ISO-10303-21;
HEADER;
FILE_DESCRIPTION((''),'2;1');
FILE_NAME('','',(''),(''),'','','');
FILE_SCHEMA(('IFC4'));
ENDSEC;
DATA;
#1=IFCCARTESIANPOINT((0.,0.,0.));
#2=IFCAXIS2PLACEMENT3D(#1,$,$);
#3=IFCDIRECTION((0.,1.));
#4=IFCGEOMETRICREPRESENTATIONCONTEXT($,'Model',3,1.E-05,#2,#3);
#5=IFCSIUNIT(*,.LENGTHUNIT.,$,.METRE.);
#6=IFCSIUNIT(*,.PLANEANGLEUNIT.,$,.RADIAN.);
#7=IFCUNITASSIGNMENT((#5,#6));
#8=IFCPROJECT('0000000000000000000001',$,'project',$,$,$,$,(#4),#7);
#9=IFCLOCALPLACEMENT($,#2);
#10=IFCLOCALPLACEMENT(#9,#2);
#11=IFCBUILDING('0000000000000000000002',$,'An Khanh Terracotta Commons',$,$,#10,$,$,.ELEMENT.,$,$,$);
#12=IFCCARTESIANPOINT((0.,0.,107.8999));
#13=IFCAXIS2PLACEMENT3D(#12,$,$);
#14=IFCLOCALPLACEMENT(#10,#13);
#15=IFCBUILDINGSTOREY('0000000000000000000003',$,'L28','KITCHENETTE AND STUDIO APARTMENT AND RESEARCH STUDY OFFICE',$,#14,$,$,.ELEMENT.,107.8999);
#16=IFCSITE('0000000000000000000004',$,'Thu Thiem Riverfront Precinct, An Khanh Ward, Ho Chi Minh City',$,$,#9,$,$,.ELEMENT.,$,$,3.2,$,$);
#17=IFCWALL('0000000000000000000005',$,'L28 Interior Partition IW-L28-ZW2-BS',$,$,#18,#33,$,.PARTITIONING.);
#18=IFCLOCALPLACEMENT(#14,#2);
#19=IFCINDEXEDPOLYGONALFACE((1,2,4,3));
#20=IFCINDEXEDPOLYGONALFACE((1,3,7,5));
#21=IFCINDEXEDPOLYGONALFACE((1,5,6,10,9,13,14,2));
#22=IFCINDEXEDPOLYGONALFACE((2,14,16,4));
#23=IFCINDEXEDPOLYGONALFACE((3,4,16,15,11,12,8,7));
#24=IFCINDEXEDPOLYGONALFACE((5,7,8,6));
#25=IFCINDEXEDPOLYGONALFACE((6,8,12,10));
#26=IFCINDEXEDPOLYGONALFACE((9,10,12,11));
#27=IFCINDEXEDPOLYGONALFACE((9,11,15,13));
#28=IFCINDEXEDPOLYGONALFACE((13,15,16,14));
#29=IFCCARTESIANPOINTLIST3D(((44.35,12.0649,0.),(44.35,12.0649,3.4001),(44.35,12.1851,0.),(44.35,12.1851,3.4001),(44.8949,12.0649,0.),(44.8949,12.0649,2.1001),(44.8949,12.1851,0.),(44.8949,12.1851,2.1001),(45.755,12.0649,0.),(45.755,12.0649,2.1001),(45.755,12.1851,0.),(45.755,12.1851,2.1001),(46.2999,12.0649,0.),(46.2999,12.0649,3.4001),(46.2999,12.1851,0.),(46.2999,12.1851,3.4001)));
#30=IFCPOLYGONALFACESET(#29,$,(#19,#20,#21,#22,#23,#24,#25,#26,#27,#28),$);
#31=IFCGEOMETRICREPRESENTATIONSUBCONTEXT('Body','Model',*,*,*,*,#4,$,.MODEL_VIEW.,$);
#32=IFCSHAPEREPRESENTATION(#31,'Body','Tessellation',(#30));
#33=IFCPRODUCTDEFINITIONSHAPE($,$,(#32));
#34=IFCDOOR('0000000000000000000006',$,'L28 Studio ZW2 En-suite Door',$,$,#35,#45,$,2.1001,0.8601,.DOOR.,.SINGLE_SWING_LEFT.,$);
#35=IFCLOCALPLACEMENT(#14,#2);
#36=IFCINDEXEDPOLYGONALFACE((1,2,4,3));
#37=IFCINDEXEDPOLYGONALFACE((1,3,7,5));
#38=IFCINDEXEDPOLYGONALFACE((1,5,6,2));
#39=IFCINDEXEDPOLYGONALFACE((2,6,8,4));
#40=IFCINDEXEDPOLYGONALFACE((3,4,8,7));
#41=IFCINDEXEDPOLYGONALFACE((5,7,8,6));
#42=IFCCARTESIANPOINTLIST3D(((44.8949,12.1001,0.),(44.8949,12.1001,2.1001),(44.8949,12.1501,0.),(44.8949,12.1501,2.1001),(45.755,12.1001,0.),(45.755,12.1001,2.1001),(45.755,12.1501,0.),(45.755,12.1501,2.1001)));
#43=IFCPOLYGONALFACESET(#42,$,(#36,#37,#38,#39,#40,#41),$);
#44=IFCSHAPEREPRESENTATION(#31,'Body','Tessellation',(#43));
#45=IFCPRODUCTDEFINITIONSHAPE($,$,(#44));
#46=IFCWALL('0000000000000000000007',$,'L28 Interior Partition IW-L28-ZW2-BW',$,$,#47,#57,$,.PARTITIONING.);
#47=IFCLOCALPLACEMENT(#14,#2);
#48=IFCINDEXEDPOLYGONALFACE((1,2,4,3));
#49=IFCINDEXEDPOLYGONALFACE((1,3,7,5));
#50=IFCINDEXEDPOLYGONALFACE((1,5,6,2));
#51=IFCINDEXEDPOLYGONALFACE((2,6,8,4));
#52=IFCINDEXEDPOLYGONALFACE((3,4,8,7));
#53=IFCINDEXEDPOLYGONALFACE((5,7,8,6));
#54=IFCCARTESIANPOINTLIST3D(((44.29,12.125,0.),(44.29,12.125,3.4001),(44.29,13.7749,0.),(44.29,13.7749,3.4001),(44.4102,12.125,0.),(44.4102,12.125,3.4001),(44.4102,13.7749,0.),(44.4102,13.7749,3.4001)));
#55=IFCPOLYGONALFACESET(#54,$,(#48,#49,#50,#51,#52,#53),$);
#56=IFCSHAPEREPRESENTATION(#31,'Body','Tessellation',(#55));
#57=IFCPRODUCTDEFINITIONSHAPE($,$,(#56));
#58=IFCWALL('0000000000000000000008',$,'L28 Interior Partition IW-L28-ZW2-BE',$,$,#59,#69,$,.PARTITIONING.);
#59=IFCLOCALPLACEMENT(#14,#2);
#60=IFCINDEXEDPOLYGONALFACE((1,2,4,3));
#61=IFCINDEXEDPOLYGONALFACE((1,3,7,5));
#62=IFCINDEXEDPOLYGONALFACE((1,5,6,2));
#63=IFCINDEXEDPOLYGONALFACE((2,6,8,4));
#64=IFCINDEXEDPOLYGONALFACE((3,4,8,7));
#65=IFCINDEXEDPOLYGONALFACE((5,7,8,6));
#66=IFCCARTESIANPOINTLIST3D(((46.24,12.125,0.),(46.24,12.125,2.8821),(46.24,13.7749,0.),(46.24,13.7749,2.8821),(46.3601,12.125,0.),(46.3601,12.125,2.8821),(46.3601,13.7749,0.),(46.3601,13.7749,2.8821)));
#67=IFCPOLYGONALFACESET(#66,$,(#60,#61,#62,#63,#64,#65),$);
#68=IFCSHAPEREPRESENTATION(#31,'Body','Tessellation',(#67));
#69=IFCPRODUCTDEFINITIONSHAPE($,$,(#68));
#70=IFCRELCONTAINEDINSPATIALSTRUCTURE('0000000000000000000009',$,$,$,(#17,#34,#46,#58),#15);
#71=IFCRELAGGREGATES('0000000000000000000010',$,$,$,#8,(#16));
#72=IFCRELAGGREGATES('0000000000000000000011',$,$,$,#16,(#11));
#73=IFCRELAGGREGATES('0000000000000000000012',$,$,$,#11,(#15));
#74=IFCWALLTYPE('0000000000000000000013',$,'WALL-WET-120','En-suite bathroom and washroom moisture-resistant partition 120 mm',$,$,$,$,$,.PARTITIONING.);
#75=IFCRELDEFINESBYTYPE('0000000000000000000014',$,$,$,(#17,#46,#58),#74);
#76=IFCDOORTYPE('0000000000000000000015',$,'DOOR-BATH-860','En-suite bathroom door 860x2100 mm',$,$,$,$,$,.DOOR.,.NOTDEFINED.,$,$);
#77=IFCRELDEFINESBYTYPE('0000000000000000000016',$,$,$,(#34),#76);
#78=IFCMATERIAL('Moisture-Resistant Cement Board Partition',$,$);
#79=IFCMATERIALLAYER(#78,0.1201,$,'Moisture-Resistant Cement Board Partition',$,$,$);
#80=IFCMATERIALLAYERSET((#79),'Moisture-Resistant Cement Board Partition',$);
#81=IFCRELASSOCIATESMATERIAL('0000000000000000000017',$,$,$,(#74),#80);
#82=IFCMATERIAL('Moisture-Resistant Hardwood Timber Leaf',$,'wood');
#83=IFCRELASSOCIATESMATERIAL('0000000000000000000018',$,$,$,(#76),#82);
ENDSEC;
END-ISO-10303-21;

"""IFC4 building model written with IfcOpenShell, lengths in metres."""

from ifc_helpers import new_model, si_unit, direction, frame, frame_2d, origin, place, context, subcontext, project, spatial, rectangle, extrude, material, layer, layer_set, type_object, element, fill, save


model = new_model("IFC4")

# Units and contexts
model_context = context("Model", 3, precision=1e-05, world=origin(), true_north=direction((0.0, 1.0)))
body_context = subcontext(model_context, "Body", "Model", "MODEL_VIEW")
ifc_project = project(units=[si_unit("LENGTHUNIT", "METRE"), si_unit("PLANEANGLEUNIT", "RADIAN")], contexts=[model_context])

# Site, building, storey
site_placement = place(None, origin())
site = spatial("IfcSite", under=ifc_project, at=site_placement, Name="Thu Thiem Riverfront Precinct, An Khanh Ward, Ho Chi Minh City", CompositionType="ELEMENT", RefElevation=3.2)
building_placement = place(site_placement, origin())
building = spatial("IfcBuilding", under=site, at=building_placement, Name="An Khanh Terracotta Commons", CompositionType="ELEMENT")
storey_placement = place(building_placement, frame((0.0, 0.0, 107.8999)))
storey = spatial("IfcBuildingStorey", under=building, at=storey_placement, Name="L28", Description="KITCHENETTE AND STUDIO APARTMENT AND RESEARCH STUDY OFFICE", CompositionType="ELEMENT", Elevation=107.8999)

# Shared definitions
ifc_material_1 = material(Name="Moisture-Resistant Cement Board Partition")
ifc_layer_1 = layer(ifc_material_1, 0.1201, Name="Moisture-Resistant Cement Board Partition")
ifc_layer_set_1 = layer_set([ifc_layer_1], Name="Moisture-Resistant Cement Board Partition")
wall_type_1 = type_object("IfcWallType", Name="WALL-WET-120", Description="En-suite bathroom and washroom moisture-resistant partition 120 mm", PredefinedType="PARTITIONING", material=ifc_layer_set_1)

# Wall, opening, door
wall_1_placement = place(storey_placement, frame((46.3, 12.125, 0.0), z_axis=(0.0, 0.0, 1.0), x_axis=(-1.0, 0.0, 0.0)))
wall_1 = element("IfcWall", 1, at=wall_1_placement, inside=storey, type_object=wall_type_1, Name="L28 Interior Partition IW-L28-ZW2-BS", PredefinedType="PARTITIONING", context=body_context, shape_type="SweptSolid", body=[
    extrude(rectangle(XDim=1.95, YDim=0.1201, at=frame_2d((0.9751, 0.0))), origin(), (0.0, 0.0, 1.0), 3.4001),
])
opening_1_placement = place(wall_1_placement, frame((0.5449, 0.0, 0.0)))
opening_1 = element("IfcOpeningElement", 2, at=opening_1_placement, cuts=wall_1, PredefinedType="OPENING", context=body_context, shape_type="SweptSolid", body=[
    extrude(rectangle(XDim=0.8601, YDim=2.1001, at=frame_2d((0.4302, 1.05))), frame((0.0, 0.0701, 0.0), z_axis=(0.0, -1.0, 0.0), x_axis=(1.0, 0.0, 0.0)), (0.0, 0.0, 1.0), 0.1401),
])
ifc_material_2 = material(Name="Moisture-Resistant Hardwood Timber Leaf", Category="wood")
door_type_1 = type_object("IfcDoorType", Name="DOOR-BATH-860", Description="En-suite bathroom door 860x2100 mm", OperationType="NOTDEFINED", PredefinedType="DOOR", material=ifc_material_2)
door_1_placement = place(opening_1_placement, origin())
door_1 = element("IfcDoor", 3, at=door_1_placement, inside=storey, type_object=door_type_1, Name="L28 Studio ZW2 En-suite Door", OperationType="SINGLE_SWING_LEFT", OverallHeight=2.1001, OverallWidth=0.8601, PredefinedType="DOOR", context=body_context, shape_type="SweptSolid", body=[
    extrude(rectangle(XDim=0.8601, YDim=2.1001, at=frame_2d((0.4302, 1.05))), frame((0.0, 0.0249, 0.0), z_axis=(0.0, -1.0, 0.0), x_axis=(1.0, 0.0, 0.0)), (0.0, 0.0, 1.0), 0.05),
])
fill(opening_1, door_1)

# Walls
wall_2_placement = place(storey_placement, frame((44.3501, 13.7749, 0.0), z_axis=(0.0, 0.0, 1.0), x_axis=(0.0, -1.0, 0.0)))
element("IfcWall", 4, at=wall_2_placement, inside=storey, type_object=wall_type_1, Name="L28 Interior Partition IW-L28-ZW2-BW", PredefinedType="PARTITIONING", context=body_context, shape_type="SweptSolid", body=[
    extrude(rectangle(XDim=1.6499, YDim=0.1201, at=frame_2d((0.825, 0.0))), origin(), (0.0, 0.0, 1.0), 3.4001),
])
wall_3_placement = place(storey_placement, frame((46.3, 12.125, 0.0), z_axis=(0.0, 0.0, 1.0), x_axis=(0.0, 1.0, 0.0)))
element("IfcWall", 5, at=wall_3_placement, inside=storey, type_object=wall_type_1, Name="L28 Interior Partition IW-L28-ZW2-BE", PredefinedType="PARTITIONING", context=body_context, shape_type="SweptSolid", body=[
    extrude(rectangle(XDim=1.6499, YDim=0.1201, at=frame_2d((0.825, 0.0))), origin(), (0.0, 0.0, 1.0), 2.8821),
])

save(model, "model.ifc")
